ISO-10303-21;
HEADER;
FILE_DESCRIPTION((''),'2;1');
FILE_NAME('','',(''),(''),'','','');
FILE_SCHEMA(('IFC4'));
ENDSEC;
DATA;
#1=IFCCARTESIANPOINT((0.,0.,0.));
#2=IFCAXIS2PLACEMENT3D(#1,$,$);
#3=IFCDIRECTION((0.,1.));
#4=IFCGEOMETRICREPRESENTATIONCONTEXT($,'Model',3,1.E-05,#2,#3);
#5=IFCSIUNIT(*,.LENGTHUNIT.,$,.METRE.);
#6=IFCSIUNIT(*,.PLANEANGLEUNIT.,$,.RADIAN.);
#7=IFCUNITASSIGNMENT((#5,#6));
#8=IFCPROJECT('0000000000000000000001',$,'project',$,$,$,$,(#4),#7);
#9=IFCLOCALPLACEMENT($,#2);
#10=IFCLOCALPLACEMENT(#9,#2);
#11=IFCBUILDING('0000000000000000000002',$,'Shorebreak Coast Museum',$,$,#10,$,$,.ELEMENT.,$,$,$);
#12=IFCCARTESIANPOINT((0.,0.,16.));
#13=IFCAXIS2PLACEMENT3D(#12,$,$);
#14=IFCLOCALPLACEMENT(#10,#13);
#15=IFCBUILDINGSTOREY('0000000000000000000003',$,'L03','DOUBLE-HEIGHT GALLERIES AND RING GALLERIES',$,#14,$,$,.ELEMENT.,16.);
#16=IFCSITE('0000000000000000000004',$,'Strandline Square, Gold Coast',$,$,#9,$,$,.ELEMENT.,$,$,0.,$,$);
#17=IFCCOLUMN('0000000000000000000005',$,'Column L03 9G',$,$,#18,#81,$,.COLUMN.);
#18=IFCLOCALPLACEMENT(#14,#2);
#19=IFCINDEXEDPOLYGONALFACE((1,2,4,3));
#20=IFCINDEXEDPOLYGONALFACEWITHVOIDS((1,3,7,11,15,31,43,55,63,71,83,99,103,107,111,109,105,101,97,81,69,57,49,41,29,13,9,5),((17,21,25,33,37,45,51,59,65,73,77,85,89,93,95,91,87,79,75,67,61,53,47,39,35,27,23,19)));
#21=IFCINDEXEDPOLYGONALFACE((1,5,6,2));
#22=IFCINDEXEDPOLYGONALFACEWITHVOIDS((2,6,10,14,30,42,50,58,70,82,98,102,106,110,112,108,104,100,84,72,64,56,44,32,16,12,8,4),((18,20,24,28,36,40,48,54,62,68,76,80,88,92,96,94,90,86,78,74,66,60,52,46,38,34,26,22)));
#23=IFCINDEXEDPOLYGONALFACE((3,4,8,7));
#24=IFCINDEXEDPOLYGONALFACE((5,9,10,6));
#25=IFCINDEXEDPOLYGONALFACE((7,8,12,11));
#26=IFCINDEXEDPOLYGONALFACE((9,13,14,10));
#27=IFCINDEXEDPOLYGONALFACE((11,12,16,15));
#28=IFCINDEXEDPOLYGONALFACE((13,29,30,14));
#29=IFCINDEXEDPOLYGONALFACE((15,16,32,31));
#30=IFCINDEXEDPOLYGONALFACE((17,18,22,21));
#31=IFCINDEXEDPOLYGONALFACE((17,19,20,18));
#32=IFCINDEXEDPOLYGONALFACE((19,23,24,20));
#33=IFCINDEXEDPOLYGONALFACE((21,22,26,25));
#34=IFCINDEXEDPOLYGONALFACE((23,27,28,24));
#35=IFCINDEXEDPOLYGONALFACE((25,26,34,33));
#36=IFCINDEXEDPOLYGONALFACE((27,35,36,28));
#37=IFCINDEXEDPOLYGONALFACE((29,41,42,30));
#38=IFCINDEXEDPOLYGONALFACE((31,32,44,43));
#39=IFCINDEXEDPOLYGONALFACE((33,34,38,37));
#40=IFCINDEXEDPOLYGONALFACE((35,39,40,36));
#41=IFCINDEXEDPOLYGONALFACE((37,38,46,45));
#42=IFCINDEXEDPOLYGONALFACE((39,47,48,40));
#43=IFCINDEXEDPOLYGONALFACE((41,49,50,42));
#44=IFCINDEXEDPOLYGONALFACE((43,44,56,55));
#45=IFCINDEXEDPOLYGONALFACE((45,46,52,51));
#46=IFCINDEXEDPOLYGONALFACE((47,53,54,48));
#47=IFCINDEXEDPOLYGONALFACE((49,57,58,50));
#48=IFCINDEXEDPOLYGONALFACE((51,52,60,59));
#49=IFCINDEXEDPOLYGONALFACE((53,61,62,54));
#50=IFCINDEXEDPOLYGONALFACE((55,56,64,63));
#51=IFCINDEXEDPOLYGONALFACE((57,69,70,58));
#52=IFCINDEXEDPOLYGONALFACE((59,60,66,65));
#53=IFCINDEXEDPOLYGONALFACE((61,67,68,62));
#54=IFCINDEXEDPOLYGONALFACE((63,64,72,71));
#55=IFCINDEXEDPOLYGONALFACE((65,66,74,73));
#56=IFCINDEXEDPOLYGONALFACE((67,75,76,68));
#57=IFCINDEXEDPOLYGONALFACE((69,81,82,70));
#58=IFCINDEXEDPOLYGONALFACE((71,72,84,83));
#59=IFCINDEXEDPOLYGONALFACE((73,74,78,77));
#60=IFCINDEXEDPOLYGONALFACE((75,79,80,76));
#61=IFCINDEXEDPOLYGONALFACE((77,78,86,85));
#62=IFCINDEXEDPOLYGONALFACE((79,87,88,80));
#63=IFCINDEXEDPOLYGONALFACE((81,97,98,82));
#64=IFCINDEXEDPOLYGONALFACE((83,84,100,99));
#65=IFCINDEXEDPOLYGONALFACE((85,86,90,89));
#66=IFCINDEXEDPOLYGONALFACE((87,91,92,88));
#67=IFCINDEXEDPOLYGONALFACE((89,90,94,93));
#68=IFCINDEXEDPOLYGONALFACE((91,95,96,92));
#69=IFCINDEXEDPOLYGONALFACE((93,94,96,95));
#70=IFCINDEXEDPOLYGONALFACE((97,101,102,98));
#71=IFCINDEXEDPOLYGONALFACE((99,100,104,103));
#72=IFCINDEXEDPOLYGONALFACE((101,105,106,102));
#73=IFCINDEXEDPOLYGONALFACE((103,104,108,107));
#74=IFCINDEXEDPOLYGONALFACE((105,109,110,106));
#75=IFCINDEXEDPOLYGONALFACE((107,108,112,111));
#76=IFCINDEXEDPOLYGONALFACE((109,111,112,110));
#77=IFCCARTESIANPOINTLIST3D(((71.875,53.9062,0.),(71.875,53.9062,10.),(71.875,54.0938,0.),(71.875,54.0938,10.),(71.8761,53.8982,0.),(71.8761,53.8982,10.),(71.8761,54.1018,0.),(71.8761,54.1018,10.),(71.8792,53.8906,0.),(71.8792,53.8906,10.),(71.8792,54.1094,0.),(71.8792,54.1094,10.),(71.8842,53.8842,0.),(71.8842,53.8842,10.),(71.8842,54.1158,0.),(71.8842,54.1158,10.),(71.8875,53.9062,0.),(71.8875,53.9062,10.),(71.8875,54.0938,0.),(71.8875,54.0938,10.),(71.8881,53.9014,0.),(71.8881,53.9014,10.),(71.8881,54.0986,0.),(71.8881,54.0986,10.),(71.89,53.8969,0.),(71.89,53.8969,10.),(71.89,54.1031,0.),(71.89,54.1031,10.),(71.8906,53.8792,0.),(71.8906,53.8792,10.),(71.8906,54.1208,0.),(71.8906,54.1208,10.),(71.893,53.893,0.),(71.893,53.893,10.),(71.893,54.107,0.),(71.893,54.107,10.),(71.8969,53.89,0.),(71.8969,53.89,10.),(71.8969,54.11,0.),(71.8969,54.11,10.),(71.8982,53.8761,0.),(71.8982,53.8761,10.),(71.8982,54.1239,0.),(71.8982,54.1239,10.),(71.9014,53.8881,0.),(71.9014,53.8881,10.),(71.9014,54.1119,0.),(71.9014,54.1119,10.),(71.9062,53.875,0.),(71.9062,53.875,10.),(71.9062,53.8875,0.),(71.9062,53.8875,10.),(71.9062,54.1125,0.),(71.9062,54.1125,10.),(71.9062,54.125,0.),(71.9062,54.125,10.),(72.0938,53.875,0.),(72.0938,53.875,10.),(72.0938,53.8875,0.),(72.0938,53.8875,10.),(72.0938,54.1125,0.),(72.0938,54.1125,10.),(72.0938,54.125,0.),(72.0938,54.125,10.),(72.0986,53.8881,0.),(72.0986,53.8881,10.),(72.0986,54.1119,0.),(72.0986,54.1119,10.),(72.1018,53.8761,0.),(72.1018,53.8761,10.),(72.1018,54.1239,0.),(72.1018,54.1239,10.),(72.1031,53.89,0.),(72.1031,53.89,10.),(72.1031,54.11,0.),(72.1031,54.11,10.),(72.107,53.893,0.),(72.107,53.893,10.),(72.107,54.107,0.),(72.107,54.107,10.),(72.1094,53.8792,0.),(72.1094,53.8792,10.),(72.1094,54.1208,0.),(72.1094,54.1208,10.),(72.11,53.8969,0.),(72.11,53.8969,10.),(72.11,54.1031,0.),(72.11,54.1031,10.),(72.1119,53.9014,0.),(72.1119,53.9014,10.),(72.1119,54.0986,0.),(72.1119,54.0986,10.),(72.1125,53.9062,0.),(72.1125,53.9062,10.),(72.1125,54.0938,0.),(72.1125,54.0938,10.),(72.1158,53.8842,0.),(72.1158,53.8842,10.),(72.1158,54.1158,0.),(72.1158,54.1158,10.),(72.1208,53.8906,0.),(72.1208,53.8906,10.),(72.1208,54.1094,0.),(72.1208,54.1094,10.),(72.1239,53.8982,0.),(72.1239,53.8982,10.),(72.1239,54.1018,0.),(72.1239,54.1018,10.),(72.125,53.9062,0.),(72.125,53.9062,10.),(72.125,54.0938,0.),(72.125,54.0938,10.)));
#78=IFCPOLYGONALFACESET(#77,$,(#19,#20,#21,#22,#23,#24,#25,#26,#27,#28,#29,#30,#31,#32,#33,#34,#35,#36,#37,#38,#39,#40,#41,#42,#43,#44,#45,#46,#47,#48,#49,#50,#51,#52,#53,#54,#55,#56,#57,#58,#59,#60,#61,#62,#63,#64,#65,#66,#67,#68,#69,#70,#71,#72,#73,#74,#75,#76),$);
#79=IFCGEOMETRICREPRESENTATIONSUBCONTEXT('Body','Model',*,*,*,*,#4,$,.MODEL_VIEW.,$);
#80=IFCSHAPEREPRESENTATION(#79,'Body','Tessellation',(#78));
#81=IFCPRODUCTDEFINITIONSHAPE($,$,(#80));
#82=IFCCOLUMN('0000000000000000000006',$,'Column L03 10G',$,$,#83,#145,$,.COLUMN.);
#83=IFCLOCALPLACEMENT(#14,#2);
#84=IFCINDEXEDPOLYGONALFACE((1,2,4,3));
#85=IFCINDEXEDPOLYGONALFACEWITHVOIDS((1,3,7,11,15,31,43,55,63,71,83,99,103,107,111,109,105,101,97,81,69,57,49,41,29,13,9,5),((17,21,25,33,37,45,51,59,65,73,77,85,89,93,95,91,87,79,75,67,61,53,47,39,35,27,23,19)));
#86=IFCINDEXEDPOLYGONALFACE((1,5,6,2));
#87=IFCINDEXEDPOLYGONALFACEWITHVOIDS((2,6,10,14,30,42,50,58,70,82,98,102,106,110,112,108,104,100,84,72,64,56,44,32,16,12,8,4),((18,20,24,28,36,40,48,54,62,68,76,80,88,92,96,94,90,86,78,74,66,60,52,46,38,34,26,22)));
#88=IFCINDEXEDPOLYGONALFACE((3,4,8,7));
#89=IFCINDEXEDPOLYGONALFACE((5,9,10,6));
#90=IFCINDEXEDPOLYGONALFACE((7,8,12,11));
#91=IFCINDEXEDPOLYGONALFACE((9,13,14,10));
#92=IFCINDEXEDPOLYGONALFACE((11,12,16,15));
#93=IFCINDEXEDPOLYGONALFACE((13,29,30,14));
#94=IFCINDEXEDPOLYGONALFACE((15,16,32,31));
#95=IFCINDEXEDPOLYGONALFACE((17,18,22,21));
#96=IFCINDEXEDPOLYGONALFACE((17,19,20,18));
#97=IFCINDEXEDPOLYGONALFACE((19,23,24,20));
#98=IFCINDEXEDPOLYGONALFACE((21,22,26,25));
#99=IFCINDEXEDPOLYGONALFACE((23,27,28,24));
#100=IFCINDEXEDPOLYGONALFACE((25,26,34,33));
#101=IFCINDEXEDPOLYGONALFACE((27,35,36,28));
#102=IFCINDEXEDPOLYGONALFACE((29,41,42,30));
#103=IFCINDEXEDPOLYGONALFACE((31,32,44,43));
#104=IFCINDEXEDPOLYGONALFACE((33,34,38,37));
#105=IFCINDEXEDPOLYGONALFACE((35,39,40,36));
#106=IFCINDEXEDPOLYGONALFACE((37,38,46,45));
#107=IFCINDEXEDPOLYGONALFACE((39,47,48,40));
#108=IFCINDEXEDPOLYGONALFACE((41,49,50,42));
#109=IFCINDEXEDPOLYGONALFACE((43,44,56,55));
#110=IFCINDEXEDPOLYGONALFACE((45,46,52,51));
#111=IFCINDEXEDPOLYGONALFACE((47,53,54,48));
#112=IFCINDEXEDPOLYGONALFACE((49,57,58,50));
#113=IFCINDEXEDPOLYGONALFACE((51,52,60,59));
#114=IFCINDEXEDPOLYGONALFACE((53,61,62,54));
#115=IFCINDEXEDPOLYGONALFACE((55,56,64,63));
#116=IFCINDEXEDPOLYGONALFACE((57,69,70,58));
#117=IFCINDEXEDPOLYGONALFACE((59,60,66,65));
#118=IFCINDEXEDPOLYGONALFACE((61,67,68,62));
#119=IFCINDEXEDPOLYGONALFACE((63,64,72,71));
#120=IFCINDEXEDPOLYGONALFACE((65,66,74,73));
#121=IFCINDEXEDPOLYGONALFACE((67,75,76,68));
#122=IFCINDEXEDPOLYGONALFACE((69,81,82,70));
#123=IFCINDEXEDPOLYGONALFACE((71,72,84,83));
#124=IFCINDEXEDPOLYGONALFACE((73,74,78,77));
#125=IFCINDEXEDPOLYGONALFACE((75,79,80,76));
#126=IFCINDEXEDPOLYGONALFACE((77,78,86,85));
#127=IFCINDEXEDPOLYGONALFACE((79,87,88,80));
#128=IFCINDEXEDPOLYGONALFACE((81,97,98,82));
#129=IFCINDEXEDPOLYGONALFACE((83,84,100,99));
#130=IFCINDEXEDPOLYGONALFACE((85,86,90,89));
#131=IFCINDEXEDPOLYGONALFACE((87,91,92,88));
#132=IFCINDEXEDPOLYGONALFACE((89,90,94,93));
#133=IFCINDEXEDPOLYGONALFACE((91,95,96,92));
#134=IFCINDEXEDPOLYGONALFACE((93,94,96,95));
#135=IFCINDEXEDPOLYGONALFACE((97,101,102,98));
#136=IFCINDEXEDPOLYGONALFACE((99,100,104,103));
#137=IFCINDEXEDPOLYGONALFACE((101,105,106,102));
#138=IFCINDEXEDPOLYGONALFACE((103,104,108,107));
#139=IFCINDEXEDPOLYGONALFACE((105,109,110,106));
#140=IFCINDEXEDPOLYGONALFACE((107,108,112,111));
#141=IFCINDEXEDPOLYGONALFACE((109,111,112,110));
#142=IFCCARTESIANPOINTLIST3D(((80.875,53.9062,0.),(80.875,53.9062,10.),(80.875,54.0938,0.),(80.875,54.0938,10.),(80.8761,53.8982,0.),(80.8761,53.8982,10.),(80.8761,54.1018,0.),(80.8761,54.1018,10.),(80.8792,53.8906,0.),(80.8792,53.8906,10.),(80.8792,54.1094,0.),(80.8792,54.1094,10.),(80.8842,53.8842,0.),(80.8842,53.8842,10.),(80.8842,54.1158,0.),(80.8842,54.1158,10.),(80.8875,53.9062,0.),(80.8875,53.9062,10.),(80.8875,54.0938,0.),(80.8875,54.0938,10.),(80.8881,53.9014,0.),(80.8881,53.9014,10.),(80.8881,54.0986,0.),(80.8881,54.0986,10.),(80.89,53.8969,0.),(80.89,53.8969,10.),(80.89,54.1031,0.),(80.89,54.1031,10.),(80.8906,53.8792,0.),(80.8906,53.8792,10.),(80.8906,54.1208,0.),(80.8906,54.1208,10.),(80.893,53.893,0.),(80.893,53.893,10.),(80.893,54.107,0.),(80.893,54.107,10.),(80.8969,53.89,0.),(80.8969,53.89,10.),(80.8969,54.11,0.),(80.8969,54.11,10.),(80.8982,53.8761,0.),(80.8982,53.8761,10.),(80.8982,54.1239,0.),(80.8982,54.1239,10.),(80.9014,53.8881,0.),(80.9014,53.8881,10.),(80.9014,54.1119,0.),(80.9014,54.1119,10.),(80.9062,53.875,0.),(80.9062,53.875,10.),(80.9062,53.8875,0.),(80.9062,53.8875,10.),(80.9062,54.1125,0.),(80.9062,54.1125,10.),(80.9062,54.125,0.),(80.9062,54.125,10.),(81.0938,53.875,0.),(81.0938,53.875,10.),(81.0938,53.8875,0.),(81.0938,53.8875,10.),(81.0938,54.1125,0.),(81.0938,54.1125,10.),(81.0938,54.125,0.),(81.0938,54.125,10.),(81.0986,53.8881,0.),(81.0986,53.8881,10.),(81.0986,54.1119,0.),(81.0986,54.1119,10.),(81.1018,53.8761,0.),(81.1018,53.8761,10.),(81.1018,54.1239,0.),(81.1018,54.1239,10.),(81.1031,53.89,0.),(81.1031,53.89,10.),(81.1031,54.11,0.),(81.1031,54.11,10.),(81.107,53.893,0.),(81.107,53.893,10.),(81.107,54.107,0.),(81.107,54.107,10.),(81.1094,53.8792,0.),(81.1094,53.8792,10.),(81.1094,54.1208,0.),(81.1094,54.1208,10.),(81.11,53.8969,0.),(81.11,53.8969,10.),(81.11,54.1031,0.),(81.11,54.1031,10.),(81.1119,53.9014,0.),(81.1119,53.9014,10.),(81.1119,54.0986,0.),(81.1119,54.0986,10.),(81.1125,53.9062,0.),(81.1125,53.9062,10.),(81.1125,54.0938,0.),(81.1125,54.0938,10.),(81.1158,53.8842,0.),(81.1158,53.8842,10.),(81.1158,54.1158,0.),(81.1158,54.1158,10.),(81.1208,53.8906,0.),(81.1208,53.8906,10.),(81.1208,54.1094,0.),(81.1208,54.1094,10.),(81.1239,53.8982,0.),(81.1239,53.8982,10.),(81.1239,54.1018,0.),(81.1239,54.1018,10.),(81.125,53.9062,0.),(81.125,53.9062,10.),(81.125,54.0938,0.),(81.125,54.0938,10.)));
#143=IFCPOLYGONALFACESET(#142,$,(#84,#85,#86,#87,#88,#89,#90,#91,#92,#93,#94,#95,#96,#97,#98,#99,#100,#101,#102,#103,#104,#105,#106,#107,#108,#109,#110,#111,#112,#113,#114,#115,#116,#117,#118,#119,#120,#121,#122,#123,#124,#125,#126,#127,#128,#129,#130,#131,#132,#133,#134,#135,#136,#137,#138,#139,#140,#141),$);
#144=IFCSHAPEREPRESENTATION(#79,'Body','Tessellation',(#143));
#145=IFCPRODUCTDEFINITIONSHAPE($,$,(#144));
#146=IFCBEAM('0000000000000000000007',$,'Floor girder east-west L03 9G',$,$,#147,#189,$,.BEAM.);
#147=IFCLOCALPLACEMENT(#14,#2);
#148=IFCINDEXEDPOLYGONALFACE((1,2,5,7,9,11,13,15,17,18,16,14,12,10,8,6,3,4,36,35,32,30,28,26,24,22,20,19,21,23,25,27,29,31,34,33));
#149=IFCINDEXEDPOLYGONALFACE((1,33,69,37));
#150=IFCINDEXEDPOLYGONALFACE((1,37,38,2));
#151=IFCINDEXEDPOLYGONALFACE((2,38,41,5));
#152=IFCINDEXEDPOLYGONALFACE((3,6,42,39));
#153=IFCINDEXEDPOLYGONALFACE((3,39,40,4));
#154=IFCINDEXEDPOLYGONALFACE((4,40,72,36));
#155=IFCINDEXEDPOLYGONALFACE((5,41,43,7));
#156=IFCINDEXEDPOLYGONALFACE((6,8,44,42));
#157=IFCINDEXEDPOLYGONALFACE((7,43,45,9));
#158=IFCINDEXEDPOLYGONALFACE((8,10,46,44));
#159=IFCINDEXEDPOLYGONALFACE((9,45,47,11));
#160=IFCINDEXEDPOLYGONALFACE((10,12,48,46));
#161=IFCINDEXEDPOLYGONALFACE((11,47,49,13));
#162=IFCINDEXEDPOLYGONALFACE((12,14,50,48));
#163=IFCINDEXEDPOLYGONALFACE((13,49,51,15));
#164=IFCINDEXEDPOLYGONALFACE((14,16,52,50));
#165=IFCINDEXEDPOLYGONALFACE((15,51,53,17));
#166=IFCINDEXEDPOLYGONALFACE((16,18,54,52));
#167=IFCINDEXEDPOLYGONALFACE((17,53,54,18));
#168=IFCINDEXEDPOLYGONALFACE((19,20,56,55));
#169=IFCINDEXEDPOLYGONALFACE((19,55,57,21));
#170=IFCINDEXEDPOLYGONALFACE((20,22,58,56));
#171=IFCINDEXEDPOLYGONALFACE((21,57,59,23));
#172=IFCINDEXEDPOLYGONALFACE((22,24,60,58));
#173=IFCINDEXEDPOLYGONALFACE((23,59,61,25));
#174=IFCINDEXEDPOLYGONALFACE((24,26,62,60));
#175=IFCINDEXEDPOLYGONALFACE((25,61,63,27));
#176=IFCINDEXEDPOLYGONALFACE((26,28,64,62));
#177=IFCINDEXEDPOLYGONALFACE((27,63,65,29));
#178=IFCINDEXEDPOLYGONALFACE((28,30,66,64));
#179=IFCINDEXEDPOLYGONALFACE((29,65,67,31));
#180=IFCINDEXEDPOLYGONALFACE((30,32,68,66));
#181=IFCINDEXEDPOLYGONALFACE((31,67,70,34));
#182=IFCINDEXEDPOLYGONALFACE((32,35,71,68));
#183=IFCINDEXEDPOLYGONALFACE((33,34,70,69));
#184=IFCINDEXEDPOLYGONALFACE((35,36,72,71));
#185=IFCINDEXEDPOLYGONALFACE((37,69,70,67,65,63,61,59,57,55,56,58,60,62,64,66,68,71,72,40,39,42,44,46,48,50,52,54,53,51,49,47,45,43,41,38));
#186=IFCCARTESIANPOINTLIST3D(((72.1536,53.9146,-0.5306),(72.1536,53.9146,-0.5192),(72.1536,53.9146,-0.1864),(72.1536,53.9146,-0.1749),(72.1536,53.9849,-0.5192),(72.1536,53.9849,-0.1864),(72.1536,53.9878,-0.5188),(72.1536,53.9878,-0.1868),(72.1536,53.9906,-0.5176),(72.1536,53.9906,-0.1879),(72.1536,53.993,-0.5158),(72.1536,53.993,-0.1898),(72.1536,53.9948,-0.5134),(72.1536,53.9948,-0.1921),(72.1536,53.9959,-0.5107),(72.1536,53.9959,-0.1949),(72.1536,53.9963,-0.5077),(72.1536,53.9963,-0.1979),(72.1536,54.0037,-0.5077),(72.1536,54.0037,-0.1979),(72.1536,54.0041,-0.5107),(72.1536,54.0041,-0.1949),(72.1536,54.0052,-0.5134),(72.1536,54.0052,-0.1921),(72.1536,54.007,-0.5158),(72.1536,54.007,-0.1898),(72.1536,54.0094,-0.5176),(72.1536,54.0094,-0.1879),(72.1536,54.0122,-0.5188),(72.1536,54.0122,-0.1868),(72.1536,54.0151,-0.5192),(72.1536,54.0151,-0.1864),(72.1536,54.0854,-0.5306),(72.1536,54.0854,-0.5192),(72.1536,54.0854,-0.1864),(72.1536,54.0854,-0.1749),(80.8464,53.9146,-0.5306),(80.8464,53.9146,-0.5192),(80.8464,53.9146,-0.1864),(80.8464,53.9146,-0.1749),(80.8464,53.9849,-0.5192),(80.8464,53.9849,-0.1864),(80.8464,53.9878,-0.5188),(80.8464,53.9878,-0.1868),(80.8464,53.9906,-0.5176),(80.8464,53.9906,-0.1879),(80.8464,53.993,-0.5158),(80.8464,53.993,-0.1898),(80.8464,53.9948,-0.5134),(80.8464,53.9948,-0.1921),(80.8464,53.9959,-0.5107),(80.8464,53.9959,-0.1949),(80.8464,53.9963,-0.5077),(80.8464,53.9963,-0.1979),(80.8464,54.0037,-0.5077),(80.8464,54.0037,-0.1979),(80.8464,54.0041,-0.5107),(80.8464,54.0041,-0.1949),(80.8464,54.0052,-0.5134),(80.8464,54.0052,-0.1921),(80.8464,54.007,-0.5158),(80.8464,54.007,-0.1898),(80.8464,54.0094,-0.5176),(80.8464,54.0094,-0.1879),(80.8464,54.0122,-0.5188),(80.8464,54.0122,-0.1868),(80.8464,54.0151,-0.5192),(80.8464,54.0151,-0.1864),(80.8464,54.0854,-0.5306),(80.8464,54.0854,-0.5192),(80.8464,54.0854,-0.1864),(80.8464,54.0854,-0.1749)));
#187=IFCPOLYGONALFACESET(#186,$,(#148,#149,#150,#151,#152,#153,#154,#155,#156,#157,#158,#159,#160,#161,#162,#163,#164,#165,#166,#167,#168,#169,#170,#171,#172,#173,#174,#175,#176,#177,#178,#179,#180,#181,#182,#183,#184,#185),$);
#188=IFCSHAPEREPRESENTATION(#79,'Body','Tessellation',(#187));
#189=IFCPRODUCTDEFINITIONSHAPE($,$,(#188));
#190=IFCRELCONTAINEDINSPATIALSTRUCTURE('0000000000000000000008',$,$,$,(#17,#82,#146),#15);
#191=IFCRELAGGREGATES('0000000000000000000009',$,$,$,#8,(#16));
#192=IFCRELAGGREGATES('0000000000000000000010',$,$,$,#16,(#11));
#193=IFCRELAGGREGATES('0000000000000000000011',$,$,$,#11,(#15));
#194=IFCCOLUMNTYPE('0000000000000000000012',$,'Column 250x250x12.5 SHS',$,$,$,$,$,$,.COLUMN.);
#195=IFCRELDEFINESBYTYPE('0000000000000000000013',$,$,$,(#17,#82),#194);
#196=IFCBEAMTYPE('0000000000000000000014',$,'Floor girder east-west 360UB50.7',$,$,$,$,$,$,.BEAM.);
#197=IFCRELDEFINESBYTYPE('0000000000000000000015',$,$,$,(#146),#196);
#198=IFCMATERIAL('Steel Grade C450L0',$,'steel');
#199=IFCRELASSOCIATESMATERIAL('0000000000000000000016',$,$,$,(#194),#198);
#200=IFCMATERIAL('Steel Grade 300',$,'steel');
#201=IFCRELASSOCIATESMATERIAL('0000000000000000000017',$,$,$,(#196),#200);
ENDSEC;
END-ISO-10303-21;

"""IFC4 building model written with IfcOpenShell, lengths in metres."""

from ifc_helpers import new_model, si_unit, direction, frame, origin, origin_2d, place, context, subcontext, project, spatial, hollow_rectangle, i_section, extrude, material, material_profile, profile_set, type_object, element, save


model = new_model("IFC4")

# Units and contexts
model_context = context("Model", 3, precision=1e-05, world=origin(), true_north=direction((0.0, 1.0)))
body_context = subcontext(model_context, "Body", "Model", "MODEL_VIEW")
ifc_project = project(units=[si_unit("LENGTHUNIT", "METRE"), si_unit("PLANEANGLEUNIT", "RADIAN")], contexts=[model_context])

# Site, building, storey
site_placement = place(None, origin())
site = spatial("IfcSite", under=ifc_project, at=site_placement, Name="Strandline Square, Gold Coast", CompositionType="ELEMENT", RefElevation=0.0)
building_placement = place(site_placement, origin())
building = spatial("IfcBuilding", under=site, at=building_placement, Name="Shorebreak Coast Museum", CompositionType="ELEMENT")
storey_placement = place(building_placement, frame((0.0, 0.0, 16.0)))
storey = spatial("IfcBuildingStorey", under=building, at=storey_placement, Name="L03", Description="DOUBLE-HEIGHT GALLERIES AND RING GALLERIES", CompositionType="ELEMENT", Elevation=16.0)

# Columns
ifc_material_1 = material(Name="Steel Grade C450L0", Category="steel")
ifc_material_profile_1 = material_profile(ifc_material_1, hollow_rectangle(XDim=0.25, YDim=0.25, WallThickness=0.0125, InnerFilletRadius=0.0188, OuterFilletRadius=0.0312, at=origin_2d()), Name="250x250x12.5 SHS")
ifc_profile_set_1 = profile_set([ifc_material_profile_1], Name="Steel Grade C450L0")
column_type = type_object("IfcColumnType", Name="Column 250x250x12.5 SHS", PredefinedType="COLUMN", material=ifc_profile_set_1)
for number, where, z_axis, x_axis, name in (
    (1, (72.0, 54.0, 0.0), (0.0, 0.0, 1.0), (1.0, 0.0, 0.0), "Column L03 9G"),
    (2, (81.0, 54.0, 0.0), (0.0, 0.0, 1.0), (1.0, 0.0, 0.0), "Column L03 10G"),
):
    element("IfcColumn", number, at=place(storey_placement, frame(where, z_axis=z_axis, x_axis=x_axis)), inside=storey, type_object=column_type, Name=name, PredefinedType="COLUMN", context=body_context, shape_type="SweptSolid", body=[
        extrude(hollow_rectangle(XDim=0.25, YDim=0.25, WallThickness=0.0125, InnerFilletRadius=0.0188, OuterFilletRadius=0.0312, at=origin_2d()), origin(), (0.0, 0.0, 1.0), 10.0),
    ])

# Beam
ifc_material_2 = material(Name="Steel Grade 300", Category="steel")
ifc_material_profile_2 = material_profile(ifc_material_2, i_section(OverallWidth=0.1709, OverallDepth=0.3557, WebThickness=0.0073, FlangeThickness=0.0115, FilletRadius=0.0115, at=origin_2d()), Name="360UB50.7")
ifc_profile_set_2 = profile_set([ifc_material_profile_2], Name="Steel Grade 300")
beam_type_1 = type_object("IfcBeamType", Name="Floor girder east-west 360UB50.7", PredefinedType="BEAM", material=ifc_profile_set_2)
beam_1_placement = place(storey_placement, frame((72.1536, 54.0, -0.3528), z_axis=(1.0, 0.0, 0.0), x_axis=(0.0, 1.0, 0.0)))
element("IfcBeam", 3, at=beam_1_placement, inside=storey, type_object=beam_type_1, Name="Floor girder east-west L03 9G", PredefinedType="BEAM", context=body_context, shape_type="SweptSolid", body=[
    extrude(i_section(OverallWidth=0.1709, OverallDepth=0.3557, WebThickness=0.0073, FlangeThickness=0.0115, FilletRadius=0.0115, at=origin_2d()), origin(), (0.0, 0.0, 1.0), 8.6929),
])

save(model, "model.ifc")
